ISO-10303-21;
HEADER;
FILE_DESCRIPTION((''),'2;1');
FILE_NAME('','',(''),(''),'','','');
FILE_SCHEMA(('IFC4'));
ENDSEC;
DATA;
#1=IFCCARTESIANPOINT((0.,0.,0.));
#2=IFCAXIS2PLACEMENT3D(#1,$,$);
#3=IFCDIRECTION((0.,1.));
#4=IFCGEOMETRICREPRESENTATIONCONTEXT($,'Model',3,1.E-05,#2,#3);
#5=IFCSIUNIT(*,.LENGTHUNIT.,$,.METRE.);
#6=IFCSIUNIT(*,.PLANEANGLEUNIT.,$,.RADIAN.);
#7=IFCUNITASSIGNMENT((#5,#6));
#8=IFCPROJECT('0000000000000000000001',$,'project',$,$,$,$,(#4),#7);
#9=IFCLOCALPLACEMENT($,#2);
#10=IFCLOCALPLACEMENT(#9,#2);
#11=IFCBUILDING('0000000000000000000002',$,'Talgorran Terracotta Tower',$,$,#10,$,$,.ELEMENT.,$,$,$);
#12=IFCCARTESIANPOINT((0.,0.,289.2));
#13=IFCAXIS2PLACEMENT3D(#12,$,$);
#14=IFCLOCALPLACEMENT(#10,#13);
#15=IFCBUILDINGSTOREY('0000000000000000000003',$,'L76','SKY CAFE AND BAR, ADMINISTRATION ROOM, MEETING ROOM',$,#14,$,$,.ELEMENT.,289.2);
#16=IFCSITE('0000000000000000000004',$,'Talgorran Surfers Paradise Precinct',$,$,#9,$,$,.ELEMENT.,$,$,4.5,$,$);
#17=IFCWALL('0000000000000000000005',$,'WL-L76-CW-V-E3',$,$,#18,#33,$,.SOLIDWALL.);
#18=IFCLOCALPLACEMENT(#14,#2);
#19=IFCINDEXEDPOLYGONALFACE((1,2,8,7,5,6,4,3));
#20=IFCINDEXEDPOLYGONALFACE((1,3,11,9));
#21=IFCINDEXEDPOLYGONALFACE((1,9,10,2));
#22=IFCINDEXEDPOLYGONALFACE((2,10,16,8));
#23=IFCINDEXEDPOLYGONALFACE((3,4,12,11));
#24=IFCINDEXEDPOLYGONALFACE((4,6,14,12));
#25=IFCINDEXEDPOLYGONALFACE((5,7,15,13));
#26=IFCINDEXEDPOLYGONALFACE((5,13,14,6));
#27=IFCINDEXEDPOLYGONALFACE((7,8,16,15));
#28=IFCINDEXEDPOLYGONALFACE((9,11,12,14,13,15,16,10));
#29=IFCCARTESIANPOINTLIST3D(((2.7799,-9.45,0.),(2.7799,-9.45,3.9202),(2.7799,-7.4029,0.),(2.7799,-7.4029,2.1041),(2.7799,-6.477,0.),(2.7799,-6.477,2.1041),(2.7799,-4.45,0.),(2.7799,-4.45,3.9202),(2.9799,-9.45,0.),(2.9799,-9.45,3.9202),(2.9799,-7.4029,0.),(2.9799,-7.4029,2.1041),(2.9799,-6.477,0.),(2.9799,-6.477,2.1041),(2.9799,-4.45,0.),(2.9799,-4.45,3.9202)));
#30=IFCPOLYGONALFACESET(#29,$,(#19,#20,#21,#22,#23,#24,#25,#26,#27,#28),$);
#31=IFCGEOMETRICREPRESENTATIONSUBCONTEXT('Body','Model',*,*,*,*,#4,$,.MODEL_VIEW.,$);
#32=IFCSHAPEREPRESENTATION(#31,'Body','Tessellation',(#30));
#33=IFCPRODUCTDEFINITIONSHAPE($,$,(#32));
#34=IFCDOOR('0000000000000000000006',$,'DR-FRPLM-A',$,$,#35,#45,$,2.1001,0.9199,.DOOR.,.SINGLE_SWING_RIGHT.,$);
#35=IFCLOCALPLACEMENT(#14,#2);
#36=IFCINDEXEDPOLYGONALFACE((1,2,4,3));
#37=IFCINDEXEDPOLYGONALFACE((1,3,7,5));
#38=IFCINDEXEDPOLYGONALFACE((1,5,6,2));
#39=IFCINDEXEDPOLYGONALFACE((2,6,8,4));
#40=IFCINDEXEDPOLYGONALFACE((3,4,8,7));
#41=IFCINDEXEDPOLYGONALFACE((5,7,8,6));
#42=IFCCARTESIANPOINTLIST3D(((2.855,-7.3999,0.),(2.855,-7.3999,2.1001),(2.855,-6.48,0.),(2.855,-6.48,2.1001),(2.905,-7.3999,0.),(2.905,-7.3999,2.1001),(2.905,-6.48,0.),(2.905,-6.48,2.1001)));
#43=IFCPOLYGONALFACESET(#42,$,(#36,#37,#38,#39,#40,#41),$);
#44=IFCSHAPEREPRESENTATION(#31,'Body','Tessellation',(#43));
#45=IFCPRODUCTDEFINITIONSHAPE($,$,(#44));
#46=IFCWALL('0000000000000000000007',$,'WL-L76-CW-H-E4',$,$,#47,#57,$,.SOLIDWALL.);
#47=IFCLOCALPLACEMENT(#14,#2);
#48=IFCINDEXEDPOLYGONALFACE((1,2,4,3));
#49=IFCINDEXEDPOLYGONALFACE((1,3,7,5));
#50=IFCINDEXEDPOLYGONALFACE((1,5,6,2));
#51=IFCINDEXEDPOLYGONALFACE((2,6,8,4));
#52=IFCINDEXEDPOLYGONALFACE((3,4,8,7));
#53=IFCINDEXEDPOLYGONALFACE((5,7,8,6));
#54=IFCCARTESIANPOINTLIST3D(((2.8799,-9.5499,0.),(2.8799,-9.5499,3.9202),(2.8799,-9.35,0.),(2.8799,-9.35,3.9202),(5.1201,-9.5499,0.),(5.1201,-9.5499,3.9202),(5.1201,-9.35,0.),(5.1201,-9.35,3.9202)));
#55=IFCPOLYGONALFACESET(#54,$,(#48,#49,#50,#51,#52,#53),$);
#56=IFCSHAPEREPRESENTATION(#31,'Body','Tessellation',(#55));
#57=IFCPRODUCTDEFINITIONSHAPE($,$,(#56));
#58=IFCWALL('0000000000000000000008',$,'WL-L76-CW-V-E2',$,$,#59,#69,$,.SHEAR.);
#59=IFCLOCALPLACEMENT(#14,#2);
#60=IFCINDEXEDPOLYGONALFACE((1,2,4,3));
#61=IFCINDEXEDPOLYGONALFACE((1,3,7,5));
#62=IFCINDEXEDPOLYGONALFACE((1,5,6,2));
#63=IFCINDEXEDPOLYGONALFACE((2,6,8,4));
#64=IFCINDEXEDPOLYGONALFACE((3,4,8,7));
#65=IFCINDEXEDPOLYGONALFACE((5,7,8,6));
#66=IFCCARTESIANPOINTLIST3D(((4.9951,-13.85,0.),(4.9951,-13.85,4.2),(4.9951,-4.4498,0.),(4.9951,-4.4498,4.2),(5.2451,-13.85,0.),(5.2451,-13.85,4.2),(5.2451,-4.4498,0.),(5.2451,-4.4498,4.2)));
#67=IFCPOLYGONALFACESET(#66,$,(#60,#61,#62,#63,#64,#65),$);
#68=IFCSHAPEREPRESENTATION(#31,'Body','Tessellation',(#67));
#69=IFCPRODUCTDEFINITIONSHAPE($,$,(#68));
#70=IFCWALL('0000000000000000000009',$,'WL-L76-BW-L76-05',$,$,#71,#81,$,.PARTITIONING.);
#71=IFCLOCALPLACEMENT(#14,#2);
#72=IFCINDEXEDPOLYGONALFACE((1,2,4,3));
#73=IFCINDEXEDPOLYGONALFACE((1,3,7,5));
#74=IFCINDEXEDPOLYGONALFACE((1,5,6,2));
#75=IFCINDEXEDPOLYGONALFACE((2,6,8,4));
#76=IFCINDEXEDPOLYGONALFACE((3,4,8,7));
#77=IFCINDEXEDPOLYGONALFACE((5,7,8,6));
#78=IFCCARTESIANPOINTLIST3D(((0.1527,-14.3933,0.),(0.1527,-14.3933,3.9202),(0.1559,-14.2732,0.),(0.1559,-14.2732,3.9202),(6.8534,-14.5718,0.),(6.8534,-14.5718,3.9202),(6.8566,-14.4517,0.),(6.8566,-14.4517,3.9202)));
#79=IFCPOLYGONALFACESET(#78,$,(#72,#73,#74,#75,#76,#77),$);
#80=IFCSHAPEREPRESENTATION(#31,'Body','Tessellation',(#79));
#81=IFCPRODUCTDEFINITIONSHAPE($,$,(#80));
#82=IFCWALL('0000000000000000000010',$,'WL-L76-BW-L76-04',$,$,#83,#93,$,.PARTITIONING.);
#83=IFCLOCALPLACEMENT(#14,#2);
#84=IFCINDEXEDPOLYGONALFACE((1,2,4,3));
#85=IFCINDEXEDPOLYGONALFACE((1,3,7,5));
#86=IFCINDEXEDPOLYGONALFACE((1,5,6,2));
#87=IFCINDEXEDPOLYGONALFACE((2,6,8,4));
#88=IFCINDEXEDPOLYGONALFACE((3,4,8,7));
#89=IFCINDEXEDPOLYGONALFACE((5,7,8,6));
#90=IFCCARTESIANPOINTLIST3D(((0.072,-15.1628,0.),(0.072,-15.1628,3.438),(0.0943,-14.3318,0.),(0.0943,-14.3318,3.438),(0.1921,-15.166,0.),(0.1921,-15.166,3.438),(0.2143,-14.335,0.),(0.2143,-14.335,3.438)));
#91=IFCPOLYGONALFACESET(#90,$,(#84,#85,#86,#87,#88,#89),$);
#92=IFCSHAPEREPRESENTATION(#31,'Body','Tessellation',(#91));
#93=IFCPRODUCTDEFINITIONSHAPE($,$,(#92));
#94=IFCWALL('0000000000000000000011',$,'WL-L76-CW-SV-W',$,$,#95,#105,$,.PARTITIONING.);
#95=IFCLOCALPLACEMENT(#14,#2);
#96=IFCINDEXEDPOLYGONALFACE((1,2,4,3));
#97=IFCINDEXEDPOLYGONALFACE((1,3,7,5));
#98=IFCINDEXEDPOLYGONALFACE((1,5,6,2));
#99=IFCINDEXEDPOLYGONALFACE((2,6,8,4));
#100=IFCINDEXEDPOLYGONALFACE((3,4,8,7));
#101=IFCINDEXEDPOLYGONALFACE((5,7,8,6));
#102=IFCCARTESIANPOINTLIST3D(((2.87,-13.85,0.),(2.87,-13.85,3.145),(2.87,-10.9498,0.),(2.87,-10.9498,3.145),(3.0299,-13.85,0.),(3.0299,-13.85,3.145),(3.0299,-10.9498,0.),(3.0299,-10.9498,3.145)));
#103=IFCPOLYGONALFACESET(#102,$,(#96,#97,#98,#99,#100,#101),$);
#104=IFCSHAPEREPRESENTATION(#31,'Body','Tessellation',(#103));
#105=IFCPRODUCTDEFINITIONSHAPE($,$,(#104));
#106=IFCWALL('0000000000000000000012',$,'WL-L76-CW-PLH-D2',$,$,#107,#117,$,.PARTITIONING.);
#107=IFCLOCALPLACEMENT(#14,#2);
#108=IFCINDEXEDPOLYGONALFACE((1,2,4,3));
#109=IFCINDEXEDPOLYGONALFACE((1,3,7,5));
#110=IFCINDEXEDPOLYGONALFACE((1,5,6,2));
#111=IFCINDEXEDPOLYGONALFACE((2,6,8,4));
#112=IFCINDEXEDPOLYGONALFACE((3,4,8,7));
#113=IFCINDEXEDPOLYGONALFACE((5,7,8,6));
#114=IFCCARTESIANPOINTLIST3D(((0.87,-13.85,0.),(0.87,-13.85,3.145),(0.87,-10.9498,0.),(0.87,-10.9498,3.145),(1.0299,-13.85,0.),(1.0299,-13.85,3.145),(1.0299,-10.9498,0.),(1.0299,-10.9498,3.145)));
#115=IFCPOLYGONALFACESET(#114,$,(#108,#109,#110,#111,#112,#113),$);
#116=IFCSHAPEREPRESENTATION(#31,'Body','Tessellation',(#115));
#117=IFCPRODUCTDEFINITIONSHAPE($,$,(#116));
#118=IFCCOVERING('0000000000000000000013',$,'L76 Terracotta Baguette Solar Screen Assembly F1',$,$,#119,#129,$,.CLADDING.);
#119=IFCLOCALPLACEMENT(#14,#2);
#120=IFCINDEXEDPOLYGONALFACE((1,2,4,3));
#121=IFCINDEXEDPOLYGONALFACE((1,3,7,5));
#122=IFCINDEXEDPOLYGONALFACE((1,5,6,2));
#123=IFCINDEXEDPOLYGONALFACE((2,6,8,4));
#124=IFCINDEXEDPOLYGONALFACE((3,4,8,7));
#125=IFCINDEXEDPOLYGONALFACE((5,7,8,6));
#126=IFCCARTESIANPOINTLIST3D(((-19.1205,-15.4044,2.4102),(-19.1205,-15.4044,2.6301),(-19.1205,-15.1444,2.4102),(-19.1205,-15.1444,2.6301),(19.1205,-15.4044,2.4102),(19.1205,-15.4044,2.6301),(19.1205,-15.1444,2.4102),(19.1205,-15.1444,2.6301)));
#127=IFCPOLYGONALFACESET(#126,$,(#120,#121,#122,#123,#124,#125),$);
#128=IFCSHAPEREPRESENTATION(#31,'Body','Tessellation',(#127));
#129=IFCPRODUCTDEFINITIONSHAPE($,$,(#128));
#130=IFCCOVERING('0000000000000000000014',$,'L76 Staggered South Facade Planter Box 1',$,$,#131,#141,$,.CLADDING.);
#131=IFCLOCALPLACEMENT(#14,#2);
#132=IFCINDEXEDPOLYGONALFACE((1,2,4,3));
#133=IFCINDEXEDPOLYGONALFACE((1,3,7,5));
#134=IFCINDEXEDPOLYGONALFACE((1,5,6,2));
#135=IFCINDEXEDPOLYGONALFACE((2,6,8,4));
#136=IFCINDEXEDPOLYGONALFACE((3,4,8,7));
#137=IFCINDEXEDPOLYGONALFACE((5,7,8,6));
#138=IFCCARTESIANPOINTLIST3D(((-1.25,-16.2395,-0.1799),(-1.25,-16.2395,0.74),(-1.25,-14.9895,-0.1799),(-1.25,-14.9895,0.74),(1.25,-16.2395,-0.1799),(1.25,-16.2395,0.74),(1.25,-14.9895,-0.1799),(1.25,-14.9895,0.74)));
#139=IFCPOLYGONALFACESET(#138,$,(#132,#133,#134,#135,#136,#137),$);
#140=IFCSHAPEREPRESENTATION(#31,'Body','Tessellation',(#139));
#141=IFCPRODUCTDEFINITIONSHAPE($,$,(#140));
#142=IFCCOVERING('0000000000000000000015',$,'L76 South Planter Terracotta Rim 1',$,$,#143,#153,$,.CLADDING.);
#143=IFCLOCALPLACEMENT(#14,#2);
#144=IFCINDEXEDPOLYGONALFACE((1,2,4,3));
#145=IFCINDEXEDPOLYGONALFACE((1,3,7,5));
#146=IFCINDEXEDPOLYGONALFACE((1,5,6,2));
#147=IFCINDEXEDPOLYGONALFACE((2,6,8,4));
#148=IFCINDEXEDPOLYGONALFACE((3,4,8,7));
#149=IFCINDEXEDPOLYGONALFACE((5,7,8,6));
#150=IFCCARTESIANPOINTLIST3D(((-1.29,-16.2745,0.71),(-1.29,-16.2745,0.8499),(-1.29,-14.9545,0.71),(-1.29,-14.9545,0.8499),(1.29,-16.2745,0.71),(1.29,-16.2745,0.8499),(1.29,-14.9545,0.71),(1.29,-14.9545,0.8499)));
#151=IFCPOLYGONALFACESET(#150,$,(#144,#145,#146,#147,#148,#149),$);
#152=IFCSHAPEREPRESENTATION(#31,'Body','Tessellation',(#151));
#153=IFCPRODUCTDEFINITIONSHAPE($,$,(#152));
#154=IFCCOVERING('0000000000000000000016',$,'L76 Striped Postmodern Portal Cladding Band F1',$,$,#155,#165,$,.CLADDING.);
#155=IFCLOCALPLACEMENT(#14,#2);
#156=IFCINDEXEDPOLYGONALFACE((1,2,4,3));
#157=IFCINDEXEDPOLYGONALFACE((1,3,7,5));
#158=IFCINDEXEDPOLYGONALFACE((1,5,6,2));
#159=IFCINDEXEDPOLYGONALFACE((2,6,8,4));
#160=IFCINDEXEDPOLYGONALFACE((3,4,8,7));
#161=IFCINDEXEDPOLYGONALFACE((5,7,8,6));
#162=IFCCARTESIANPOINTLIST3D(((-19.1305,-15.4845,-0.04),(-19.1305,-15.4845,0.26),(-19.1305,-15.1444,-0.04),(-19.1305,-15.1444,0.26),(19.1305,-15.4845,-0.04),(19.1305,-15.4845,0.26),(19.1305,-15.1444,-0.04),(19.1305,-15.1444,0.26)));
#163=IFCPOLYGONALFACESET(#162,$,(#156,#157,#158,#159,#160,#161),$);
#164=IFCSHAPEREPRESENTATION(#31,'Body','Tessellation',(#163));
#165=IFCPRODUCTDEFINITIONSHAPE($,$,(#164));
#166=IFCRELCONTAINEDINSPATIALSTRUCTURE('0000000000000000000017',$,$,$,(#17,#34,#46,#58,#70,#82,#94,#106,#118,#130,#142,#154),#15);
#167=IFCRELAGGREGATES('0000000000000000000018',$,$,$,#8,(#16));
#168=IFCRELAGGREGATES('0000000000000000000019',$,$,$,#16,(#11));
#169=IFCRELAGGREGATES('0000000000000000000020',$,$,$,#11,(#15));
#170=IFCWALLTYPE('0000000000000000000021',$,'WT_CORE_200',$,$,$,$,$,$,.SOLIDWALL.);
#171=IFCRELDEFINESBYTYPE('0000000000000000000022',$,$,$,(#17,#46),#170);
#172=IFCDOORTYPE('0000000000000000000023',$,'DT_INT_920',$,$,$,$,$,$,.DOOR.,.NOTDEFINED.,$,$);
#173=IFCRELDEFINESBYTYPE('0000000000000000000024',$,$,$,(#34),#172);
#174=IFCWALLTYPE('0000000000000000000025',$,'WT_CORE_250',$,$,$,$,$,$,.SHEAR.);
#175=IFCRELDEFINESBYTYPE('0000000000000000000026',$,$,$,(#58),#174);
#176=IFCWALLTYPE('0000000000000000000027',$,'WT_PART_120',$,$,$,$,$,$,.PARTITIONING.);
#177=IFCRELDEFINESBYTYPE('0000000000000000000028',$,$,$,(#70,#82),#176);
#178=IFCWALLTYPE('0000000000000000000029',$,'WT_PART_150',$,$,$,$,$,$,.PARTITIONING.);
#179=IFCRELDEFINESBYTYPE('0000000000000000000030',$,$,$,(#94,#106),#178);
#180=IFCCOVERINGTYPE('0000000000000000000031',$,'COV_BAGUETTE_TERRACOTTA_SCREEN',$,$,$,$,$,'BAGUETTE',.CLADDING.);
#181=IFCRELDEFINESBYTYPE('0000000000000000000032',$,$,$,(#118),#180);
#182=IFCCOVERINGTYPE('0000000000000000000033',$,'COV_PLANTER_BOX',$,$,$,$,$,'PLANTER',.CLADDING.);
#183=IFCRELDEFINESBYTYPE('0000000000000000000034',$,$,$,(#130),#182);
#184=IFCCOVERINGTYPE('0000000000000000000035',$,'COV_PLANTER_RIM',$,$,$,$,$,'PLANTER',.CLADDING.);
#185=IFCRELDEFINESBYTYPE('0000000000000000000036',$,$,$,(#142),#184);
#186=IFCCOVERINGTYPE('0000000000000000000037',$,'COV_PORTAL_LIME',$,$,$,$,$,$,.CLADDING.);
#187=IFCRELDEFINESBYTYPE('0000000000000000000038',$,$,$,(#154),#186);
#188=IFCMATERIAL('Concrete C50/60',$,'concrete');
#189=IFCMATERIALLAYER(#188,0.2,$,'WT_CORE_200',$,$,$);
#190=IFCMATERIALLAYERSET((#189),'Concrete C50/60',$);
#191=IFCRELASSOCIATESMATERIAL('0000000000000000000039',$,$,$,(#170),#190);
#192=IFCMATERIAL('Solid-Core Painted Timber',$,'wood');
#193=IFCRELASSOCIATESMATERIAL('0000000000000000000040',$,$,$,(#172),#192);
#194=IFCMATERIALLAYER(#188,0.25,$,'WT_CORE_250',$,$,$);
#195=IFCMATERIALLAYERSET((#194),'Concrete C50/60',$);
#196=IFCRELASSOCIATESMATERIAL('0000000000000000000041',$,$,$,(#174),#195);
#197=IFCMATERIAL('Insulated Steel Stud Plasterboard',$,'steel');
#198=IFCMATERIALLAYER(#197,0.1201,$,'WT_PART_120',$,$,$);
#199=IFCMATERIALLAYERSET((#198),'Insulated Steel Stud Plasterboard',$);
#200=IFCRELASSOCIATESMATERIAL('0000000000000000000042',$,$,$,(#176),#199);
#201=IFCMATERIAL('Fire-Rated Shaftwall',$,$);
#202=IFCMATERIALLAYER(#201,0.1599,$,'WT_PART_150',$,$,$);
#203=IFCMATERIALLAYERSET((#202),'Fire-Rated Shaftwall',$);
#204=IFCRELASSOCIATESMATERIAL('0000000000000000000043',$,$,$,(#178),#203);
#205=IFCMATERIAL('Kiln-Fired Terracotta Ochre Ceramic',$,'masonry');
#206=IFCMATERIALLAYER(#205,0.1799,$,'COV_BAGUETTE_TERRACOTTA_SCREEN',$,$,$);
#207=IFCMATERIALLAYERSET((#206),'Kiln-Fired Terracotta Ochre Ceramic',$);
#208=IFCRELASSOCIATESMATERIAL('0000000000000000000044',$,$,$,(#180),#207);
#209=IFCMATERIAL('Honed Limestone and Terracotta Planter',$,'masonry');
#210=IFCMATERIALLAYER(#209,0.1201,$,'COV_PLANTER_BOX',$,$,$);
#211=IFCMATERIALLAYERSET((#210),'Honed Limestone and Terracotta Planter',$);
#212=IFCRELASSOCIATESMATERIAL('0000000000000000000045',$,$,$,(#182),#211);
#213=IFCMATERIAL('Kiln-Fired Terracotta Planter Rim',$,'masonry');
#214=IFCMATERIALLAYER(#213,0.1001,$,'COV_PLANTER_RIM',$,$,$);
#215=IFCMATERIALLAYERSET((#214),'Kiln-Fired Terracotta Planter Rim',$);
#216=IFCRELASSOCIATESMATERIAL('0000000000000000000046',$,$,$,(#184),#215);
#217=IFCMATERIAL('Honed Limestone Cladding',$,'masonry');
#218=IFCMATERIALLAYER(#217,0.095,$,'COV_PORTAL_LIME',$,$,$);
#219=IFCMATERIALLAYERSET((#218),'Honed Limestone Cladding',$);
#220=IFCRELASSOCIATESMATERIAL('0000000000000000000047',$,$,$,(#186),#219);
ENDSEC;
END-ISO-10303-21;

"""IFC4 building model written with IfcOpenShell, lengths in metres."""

from ifc_helpers import new_model, si_unit, direction, frame, frame_2d, origin, origin_2d, place, context, subcontext, project, spatial, rectangle, extrude, material, layer, layer_set, type_object, element, fill, save


model = new_model("IFC4")

# Units and contexts
model_context = context("Model", 3, precision=1e-05, world=origin(), true_north=direction((0.0, 1.0)))
body_context = subcontext(model_context, "Body", "Model", "MODEL_VIEW")
ifc_project = project(units=[si_unit("LENGTHUNIT", "METRE"), si_unit("PLANEANGLEUNIT", "RADIAN")], contexts=[model_context])

# Site, building, storey
site_placement = place(None, origin())
site = spatial("IfcSite", under=ifc_project, at=site_placement, Name="Talgorran Surfers Paradise Precinct", CompositionType="ELEMENT", RefElevation=4.5)
building_placement = place(site_placement, origin())
building = spatial("IfcBuilding", under=site, at=building_placement, Name="Talgorran Terracotta Tower", CompositionType="ELEMENT")
storey_placement = place(building_placement, frame((0.0, 0.0, 289.2)))
storey = spatial("IfcBuildingStorey", under=building, at=storey_placement, Name="L76", Description="SKY CAFE AND BAR, ADMINISTRATION ROOM, MEETING ROOM", CompositionType="ELEMENT", Elevation=289.2)

# Shared definitions
ifc_material_1 = material(Name="Concrete C50/60", Category="concrete")

# Shared definitions
ifc_layer_1 = layer(ifc_material_1, 0.2, Name="WT_CORE_200")
ifc_layer_set_1 = layer_set([ifc_layer_1], Name="Concrete C50/60")
wall_type_1 = type_object("IfcWallType", Name="WT_CORE_200", PredefinedType="SOLIDWALL", material=ifc_layer_set_1)

# Wall, opening, door
wall_1_placement = place(storey_placement, frame((2.8799, -9.45, 0.0), z_axis=(0.0, 0.0, 1.0), x_axis=(0.0, 1.0, 0.0)))
wall_1 = element("IfcWall", 1, at=wall_1_placement, inside=storey, type_object=wall_type_1, Name="WL-L76-CW-V-E3", PredefinedType="SOLIDWALL", context=body_context, shape_type="SweptSolid", body=[
    extrude(rectangle(XDim=5.0, YDim=0.2, at=frame_2d((2.5, 0.0))), origin(), (0.0, 0.0, 1.0), 3.9202),
])
opening_1_placement = place(wall_1_placement, frame((2.05, 0.0, 0.0)))
opening_1 = element("IfcOpeningElement", 2, at=opening_1_placement, cuts=wall_1, PredefinedType="OPENING", context=body_context, shape_type="SweptSolid", body=[
    extrude(rectangle(XDim=0.9259, YDim=2.1041, at=frame_2d((0.46, 1.052))), frame((0.0, 0.1099, 0.0), z_axis=(0.0, -1.0, 0.0), x_axis=(1.0, 0.0, 0.0)), (0.0, 0.0, 1.0), 0.22),
])
ifc_material_2 = material(Name="Solid-Core Painted Timber", Category="wood")
door_type_1 = type_object("IfcDoorType", Name="DT_INT_920", OperationType="NOTDEFINED", PredefinedType="DOOR", material=ifc_material_2)
door_1_placement = place(opening_1_placement, origin())
door_1 = element("IfcDoor", 3, at=door_1_placement, inside=storey, type_object=door_type_1, Name="DR-FRPLM-A", OperationType="SINGLE_SWING_RIGHT", OverallHeight=2.1001, OverallWidth=0.9199, PredefinedType="DOOR", context=body_context, shape_type="SweptSolid", body=[
    extrude(rectangle(XDim=0.9199, YDim=2.1001, at=frame_2d((0.46, 1.05))), frame((0.0, 0.0249, 0.0), z_axis=(0.0, -1.0, 0.0), x_axis=(1.0, 0.0, 0.0)), (0.0, 0.0, 1.0), 0.05),
])
fill(opening_1, door_1)

# Walls
wall_2_placement = place(storey_placement, frame((2.8799, -9.45, 0.0), z_axis=(0.0, 0.0, 1.0), x_axis=(1.0, 0.0, 0.0)))
element("IfcWall", 4, at=wall_2_placement, inside=storey, type_object=wall_type_1, Name="WL-L76-CW-H-E4", PredefinedType="SOLIDWALL", context=body_context, shape_type="SweptSolid", body=[
    extrude(rectangle(XDim=2.2402, YDim=0.2, at=frame_2d((1.1201, 0.0))), origin(), (0.0, 0.0, 1.0), 3.9202),
])
ifc_layer_2 = layer(ifc_material_1, 0.25, Name="WT_CORE_250")
ifc_layer_set_2 = layer_set([ifc_layer_2], Name="Concrete C50/60")
wall_type_2 = type_object("IfcWallType", Name="WT_CORE_250", PredefinedType="SHEAR", material=ifc_layer_set_2)
wall_3_placement = place(storey_placement, frame((5.1201, -13.8501, 0.0), z_axis=(0.0, 0.0, 1.0), x_axis=(0.0, 1.0, 0.0)))
element("IfcWall", 5, at=wall_3_placement, inside=storey, type_object=wall_type_2, Name="WL-L76-CW-V-E2", PredefinedType="SHEAR", context=body_context, shape_type="SweptSolid", body=[
    extrude(rectangle(XDim=9.4001, YDim=0.25, at=frame_2d((4.7002, 0.0))), origin(), (0.0, 0.0, 1.0), 4.2),
])
ifc_material_3 = material(Name="Insulated Steel Stud Plasterboard", Category="steel")
ifc_layer_3 = layer(ifc_material_3, 0.1201, Name="WT_PART_120")
ifc_layer_set_3 = layer_set([ifc_layer_3], Name="Insulated Steel Stud Plasterboard")
wall_type_3 = type_object("IfcWallType", Name="WT_PART_120", PredefinedType="PARTITIONING", material=ifc_layer_set_3)
wall_4_placement = place(storey_placement, frame((0.1543, -14.3333, 0.0), z_axis=(0.0, 0.0, 1.0), x_axis=(0.999646, -0.026625, 0.0)))
element("IfcWall", 6, at=wall_4_placement, inside=storey, type_object=wall_type_3, Name="WL-L76-BW-L76-05", PredefinedType="PARTITIONING", context=body_context, shape_type="SweptSolid", body=[
    extrude(rectangle(XDim=6.7031, YDim=0.1201, at=frame_2d((3.3516, 0.0))), origin(), (0.0, 0.0, 1.0), 3.9202),
])
wall_5_placement = place(storey_placement, frame((0.1321, -15.1643, 0.0), z_axis=(0.0, 0.0, 1.0), x_axis=(0.026724, 0.999643, 0.0)))
element("IfcWall", 7, at=wall_5_placement, inside=storey, type_object=wall_type_3, Name="WL-L76-BW-L76-04", PredefinedType="PARTITIONING", context=body_context, shape_type="SweptSolid", body=[
    extrude(rectangle(XDim=0.8313, YDim=0.1201, at=frame_2d((0.4155, 0.0))), origin(), (0.0, 0.0, 1.0), 3.438),
])
ifc_material_4 = material(Name="Fire-Rated Shaftwall")
ifc_layer_4 = layer(ifc_material_4, 0.1599, Name="WT_PART_150")
ifc_layer_set_4 = layer_set([ifc_layer_4], Name="Fire-Rated Shaftwall")
wall_type_4 = type_object("IfcWallType", Name="WT_PART_150", PredefinedType="PARTITIONING", material=ifc_layer_set_4)
for number, where, z_axis, x_axis, name in (
    (8, (2.95, -13.8501, 0.0), (0.0, 0.0, 1.0), (0.0, 1.0, 0.0), "WL-L76-CW-SV-W"),
    (9, (0.95, -13.8501, 0.0), (0.0, 0.0, 1.0), (0.0, 1.0, 0.0), "WL-L76-CW-PLH-D2"),
):
    element("IfcWall", number, at=place(storey_placement, frame(where, z_axis=z_axis, x_axis=x_axis)), inside=storey, type_object=wall_type_4, Name=name, PredefinedType="PARTITIONING", context=body_context, shape_type="SweptSolid", body=[
        extrude(rectangle(XDim=2.9001, YDim=0.1599, at=frame_2d((1.4502, 0.0))), origin(), (0.0, 0.0, 1.0), 3.145),
    ])

# Coverings
ifc_material_5 = material(Name="Kiln-Fired Terracotta Ochre Ceramic", Category="masonry")
ifc_layer_5 = layer(ifc_material_5, 0.1799, Name="COV_BAGUETTE_TERRACOTTA_SCREEN")
ifc_layer_set_5 = layer_set([ifc_layer_5], Name="Kiln-Fired Terracotta Ochre Ceramic")
covering_type_1 = type_object("IfcCoveringType", Name="COV_BAGUETTE_TERRACOTTA_SCREEN", ElementType="BAGUETTE", PredefinedType="CLADDING", material=ifc_layer_set_5)
covering_1_placement = place(storey_placement, frame((0.0, -15.2744, 2.4102), z_axis=(0.0, 0.0, 1.0), x_axis=(1.0, 0.0, 0.0)))
element("IfcCovering", 10, at=covering_1_placement, inside=storey, type_object=covering_type_1, Name="L76 Terracotta Baguette Solar Screen Assembly F1", PredefinedType="CLADDING", context=body_context, shape_type="SweptSolid", body=[
    extrude(rectangle(XDim=38.241, YDim=0.26, at=origin_2d()), origin(), (0.0, 0.0, 1.0), 0.22),
])
ifc_material_6 = material(Name="Honed Limestone and Terracotta Planter", Category="masonry")
ifc_layer_6 = layer(ifc_material_6, 0.1201, Name="COV_PLANTER_BOX")
ifc_layer_set_6 = layer_set([ifc_layer_6], Name="Honed Limestone and Terracotta Planter")
covering_type_2 = type_object("IfcCoveringType", Name="COV_PLANTER_BOX", ElementType="PLANTER", PredefinedType="CLADDING", material=ifc_layer_set_6)
covering_2_placement = place(storey_placement, frame((0.0, -15.6145, -0.1799), z_axis=(0.0, 0.0, 1.0), x_axis=(1.0, 0.0, 0.0)))
element("IfcCovering", 11, at=covering_2_placement, inside=storey, type_object=covering_type_2, Name="L76 Staggered South Facade Planter Box 1", PredefinedType="CLADDING", context=body_context, shape_type="SweptSolid", body=[
    extrude(rectangle(XDim=2.5, YDim=1.25, at=origin_2d()), origin(), (0.0, 0.0, 1.0), 0.9199),
])
ifc_material_7 = material(Name="Kiln-Fired Terracotta Planter Rim", Category="masonry")
ifc_layer_7 = layer(ifc_material_7, 0.1001, Name="COV_PLANTER_RIM")
ifc_layer_set_7 = layer_set([ifc_layer_7], Name="Kiln-Fired Terracotta Planter Rim")
covering_type_3 = type_object("IfcCoveringType", Name="COV_PLANTER_RIM", ElementType="PLANTER", PredefinedType="CLADDING", material=ifc_layer_set_7)
covering_3_placement = place(storey_placement, frame((0.0, -15.6145, 0.71), z_axis=(0.0, 0.0, 1.0), x_axis=(1.0, 0.0, 0.0)))
element("IfcCovering", 12, at=covering_3_placement, inside=storey, type_object=covering_type_3, Name="L76 South Planter Terracotta Rim 1", PredefinedType="CLADDING", context=body_context, shape_type="SweptSolid", body=[
    extrude(rectangle(XDim=2.5801, YDim=1.3201, at=origin_2d()), origin(), (0.0, 0.0, 1.0), 0.1399),
])
ifc_material_8 = material(Name="Honed Limestone Cladding", Category="masonry")
ifc_layer_8 = layer(ifc_material_8, 0.095, Name="COV_PORTAL_LIME")
ifc_layer_set_8 = layer_set([ifc_layer_8], Name="Honed Limestone Cladding")
covering_type_4 = type_object("IfcCoveringType", Name="COV_PORTAL_LIME", PredefinedType="CLADDING", material=ifc_layer_set_8)
covering_4_placement = place(storey_placement, frame((0.0, -15.3145, -0.04), z_axis=(0.0, 0.0, 1.0), x_axis=(1.0, 0.0, 0.0)))
element("IfcCovering", 13, at=covering_4_placement, inside=storey, type_object=covering_type_4, Name="L76 Striped Postmodern Portal Cladding Band F1", PredefinedType="CLADDING", context=body_context, shape_type="SweptSolid", body=[
    extrude(rectangle(XDim=38.261, YDim=0.3401, at=origin_2d()), origin(), (0.0, 0.0, 1.0), 0.3),
])

save(model, "model.ifc")
